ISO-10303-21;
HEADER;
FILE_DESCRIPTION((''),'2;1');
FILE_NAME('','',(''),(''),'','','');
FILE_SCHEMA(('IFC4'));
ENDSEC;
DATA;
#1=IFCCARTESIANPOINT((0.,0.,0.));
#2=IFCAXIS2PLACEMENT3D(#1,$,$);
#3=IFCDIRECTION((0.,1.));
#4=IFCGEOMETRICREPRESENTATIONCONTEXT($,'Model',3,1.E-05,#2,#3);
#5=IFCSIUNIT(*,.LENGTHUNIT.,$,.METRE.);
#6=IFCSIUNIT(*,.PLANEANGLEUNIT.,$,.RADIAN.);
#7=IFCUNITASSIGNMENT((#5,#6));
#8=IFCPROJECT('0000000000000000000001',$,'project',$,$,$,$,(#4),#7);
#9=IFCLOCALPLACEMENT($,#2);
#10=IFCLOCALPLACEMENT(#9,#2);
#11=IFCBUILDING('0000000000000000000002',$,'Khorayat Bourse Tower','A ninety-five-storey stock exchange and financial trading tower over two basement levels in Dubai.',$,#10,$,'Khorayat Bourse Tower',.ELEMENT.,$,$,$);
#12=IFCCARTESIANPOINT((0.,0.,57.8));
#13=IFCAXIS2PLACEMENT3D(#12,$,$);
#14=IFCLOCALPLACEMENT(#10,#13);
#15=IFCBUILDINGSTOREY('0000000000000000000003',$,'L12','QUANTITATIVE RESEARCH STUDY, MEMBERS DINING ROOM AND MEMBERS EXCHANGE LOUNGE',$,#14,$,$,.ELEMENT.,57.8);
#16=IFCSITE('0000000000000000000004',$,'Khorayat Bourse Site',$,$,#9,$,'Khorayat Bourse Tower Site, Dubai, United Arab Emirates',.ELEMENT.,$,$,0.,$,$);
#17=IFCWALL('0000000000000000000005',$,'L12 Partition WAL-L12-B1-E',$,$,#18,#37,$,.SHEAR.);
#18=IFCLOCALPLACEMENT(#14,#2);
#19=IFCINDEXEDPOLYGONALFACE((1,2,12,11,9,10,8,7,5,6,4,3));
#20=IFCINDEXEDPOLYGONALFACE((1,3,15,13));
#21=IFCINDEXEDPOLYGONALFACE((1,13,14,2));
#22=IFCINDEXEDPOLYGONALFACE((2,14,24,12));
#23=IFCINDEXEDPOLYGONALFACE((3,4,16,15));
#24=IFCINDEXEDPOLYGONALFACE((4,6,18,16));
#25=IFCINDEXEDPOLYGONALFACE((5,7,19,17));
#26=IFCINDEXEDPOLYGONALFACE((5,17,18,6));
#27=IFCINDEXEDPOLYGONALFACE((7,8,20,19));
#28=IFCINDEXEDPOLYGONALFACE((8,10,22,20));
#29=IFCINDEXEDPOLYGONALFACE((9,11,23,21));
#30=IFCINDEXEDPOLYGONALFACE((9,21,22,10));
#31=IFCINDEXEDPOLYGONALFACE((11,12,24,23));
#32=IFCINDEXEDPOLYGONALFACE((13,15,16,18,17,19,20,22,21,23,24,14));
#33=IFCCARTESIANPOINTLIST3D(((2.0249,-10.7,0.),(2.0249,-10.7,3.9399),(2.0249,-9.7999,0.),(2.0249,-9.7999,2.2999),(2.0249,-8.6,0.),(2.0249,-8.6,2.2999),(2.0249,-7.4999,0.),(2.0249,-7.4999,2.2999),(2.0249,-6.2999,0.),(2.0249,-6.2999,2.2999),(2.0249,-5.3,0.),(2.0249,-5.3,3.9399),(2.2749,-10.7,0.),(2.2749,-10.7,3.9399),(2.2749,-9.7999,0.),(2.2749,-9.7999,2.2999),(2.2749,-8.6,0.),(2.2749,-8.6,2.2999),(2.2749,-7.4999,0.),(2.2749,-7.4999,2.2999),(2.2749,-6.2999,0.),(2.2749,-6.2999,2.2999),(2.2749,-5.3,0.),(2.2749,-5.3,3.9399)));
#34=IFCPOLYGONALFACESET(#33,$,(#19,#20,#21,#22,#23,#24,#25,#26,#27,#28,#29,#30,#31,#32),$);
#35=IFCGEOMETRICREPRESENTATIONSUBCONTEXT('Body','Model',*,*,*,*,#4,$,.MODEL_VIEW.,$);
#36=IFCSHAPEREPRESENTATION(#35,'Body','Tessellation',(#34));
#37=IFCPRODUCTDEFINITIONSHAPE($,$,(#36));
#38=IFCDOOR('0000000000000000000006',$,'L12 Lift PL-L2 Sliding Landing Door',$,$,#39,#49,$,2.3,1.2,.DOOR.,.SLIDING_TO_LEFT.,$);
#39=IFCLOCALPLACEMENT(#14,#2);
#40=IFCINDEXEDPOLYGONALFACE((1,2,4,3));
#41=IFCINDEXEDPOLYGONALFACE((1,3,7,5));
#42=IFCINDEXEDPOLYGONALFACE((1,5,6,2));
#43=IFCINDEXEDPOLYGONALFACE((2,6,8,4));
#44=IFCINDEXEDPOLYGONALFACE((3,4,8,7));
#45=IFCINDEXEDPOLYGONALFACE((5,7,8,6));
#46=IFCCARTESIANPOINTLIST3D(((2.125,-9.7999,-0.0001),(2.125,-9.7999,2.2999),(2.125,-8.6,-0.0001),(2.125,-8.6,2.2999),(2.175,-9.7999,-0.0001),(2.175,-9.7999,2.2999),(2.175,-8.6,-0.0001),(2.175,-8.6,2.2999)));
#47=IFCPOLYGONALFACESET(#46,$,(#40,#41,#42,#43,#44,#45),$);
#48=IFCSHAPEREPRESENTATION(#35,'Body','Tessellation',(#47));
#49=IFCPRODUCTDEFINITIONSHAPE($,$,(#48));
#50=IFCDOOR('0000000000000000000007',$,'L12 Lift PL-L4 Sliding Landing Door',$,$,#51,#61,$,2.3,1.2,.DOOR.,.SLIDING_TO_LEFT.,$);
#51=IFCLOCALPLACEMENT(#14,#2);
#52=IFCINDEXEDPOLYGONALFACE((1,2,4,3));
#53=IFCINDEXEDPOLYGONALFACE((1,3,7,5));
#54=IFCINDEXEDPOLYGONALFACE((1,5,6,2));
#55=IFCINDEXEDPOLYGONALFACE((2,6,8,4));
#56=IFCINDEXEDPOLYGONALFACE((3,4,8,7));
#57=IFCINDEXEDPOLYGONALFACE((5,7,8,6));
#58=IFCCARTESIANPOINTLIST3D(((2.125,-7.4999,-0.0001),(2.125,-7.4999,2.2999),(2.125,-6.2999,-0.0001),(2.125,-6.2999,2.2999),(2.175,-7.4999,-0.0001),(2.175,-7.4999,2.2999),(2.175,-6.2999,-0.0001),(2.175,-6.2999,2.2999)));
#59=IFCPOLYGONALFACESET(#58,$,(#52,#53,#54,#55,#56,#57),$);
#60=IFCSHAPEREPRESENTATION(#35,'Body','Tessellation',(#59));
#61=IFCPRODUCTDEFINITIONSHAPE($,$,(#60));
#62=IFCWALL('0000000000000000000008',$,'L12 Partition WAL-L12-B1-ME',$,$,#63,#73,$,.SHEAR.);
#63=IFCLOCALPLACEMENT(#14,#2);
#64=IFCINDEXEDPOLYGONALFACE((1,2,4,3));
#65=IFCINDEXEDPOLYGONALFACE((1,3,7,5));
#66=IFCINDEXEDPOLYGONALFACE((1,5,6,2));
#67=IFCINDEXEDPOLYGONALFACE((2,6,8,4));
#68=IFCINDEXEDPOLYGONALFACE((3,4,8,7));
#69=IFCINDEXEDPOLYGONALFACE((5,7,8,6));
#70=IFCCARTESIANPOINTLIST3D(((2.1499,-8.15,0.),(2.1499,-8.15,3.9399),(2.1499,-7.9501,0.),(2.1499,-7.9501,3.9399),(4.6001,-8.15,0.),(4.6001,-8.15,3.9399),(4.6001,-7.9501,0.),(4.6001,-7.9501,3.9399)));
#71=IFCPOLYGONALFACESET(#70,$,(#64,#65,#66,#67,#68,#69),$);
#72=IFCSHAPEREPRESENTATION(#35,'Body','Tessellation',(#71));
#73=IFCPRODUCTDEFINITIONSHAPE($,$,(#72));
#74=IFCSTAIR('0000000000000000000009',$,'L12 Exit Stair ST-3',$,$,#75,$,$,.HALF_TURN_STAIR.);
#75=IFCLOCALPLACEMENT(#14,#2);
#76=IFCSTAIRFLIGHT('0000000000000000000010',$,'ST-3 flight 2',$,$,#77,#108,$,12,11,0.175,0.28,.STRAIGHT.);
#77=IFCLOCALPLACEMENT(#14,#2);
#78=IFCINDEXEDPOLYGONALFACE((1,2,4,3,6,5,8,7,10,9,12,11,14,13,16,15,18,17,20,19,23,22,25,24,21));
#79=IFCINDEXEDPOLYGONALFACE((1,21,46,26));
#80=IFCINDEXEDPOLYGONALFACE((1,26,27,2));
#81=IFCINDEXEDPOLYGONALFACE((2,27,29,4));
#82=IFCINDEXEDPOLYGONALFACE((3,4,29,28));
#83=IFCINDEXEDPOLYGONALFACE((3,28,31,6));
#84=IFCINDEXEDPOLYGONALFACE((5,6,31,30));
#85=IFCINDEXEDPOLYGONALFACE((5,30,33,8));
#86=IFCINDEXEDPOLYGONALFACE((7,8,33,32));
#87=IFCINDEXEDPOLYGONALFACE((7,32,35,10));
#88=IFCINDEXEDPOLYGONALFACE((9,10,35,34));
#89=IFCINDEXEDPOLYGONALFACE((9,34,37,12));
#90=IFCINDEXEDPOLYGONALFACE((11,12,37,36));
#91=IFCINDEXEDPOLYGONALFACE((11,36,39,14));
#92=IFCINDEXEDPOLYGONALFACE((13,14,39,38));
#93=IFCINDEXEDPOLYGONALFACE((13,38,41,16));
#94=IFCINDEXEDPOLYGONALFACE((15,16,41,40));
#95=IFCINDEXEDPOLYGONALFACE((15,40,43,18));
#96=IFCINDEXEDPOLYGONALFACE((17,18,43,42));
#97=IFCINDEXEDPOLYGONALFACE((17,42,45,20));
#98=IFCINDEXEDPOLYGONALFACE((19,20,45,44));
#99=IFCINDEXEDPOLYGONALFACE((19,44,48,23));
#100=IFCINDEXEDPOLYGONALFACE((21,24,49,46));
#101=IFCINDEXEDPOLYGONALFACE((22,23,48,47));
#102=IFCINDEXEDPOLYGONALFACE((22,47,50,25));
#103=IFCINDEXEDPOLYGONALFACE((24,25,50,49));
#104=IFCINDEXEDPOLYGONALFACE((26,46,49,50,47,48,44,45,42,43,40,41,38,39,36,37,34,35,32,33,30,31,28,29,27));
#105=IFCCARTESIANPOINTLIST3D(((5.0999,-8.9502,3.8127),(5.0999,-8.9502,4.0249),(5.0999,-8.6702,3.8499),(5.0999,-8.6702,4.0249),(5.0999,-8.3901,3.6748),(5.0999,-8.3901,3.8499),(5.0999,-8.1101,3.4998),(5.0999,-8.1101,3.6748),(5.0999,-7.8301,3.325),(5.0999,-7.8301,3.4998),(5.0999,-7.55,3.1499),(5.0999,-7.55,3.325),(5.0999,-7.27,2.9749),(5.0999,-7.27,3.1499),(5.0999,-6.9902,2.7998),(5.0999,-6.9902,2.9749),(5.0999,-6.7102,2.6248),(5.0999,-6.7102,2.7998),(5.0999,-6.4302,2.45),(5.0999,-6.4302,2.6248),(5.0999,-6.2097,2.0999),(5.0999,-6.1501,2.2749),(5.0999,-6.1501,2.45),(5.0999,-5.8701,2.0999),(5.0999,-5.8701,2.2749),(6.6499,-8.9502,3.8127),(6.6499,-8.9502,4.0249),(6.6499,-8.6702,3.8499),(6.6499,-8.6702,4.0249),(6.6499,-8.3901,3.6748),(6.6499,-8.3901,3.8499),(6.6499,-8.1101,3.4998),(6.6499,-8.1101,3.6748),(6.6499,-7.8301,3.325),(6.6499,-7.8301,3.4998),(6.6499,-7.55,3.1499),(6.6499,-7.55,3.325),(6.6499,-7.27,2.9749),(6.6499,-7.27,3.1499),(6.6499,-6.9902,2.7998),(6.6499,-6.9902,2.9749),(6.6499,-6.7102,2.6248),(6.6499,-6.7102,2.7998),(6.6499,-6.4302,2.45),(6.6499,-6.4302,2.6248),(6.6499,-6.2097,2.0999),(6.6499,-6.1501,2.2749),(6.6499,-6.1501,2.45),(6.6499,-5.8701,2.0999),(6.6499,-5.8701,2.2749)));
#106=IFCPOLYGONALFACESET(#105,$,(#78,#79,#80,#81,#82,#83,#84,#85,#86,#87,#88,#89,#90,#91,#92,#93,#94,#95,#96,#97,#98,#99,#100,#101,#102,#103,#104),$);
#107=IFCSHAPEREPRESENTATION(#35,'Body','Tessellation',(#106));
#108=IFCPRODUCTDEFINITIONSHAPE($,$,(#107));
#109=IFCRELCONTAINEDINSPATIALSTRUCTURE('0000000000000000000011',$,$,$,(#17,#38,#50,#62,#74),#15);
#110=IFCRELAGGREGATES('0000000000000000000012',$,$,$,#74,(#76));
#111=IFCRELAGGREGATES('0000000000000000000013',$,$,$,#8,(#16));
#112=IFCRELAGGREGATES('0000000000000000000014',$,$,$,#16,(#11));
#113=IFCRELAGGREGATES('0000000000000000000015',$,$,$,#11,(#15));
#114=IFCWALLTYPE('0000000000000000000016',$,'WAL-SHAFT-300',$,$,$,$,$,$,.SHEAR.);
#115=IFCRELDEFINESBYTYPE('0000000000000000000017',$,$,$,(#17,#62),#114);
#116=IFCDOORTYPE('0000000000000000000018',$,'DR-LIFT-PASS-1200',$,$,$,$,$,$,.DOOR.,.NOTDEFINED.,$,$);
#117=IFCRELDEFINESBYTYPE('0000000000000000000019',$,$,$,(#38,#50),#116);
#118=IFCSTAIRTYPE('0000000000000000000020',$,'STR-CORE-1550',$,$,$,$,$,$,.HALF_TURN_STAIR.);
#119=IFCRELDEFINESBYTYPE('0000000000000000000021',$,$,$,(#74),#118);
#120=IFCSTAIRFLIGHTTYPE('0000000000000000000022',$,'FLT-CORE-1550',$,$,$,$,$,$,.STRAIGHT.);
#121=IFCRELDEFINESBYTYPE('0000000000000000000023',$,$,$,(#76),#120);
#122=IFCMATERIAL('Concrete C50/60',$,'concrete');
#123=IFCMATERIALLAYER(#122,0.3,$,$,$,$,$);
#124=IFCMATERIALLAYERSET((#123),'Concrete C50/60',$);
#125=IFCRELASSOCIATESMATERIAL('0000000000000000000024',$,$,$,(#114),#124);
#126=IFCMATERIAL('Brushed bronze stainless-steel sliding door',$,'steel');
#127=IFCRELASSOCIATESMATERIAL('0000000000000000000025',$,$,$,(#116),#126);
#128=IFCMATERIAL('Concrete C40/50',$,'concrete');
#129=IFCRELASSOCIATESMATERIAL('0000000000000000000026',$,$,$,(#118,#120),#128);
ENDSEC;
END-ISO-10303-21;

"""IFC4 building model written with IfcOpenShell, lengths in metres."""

from ifc_helpers import new_model, si_unit, direction, frame, frame_2d, origin, place, context, subcontext, project, spatial, polyline, rectangle, outline, extrude, source, transform, mapped, material, layer, layer_set, type_object, element, fill, aggregate, save


model = new_model("IFC4")

# Units and contexts
model_context = context("Model", 3, precision=1e-05, world=origin(), true_north=direction((0.0, 1.0)))
body_context = subcontext(model_context, "Body", "Model", "MODEL_VIEW")
ifc_project = project(units=[si_unit("LENGTHUNIT", "METRE"), si_unit("PLANEANGLEUNIT", "RADIAN")], contexts=[model_context])

# Site, building, storey
site_placement = place(None, origin())
site = spatial("IfcSite", under=ifc_project, at=site_placement, Name="Khorayat Bourse Site", LongName="Khorayat Bourse Tower Site, Dubai, United Arab Emirates", CompositionType="ELEMENT", RefElevation=0.0)
building_placement = place(site_placement, origin())
building = spatial("IfcBuilding", under=site, at=building_placement, Name="Khorayat Bourse Tower", Description="A ninety-five-storey stock exchange and financial trading tower over two basement levels in Dubai.", LongName="Khorayat Bourse Tower", CompositionType="ELEMENT")
storey_placement = place(building_placement, frame((0.0, 0.0, 57.8)))
storey = spatial("IfcBuildingStorey", under=building, at=storey_placement, Name="L12", Description="QUANTITATIVE RESEARCH STUDY, MEMBERS DINING ROOM AND MEMBERS EXCHANGE LOUNGE", CompositionType="ELEMENT", Elevation=57.8)

# Wall, openings, doors
ifc_material_1 = material(Name="Concrete C50/60", Category="concrete")
ifc_layer_1 = layer(ifc_material_1, 0.3)
ifc_layer_set_1 = layer_set([ifc_layer_1], Name="Concrete C50/60")
wall_type_1 = type_object("IfcWallType", Name="WAL-SHAFT-300", PredefinedType="SHEAR", material=ifc_layer_set_1)
shared_shape_1 = source(origin(), body_context, "Body", "SweptSolid", [
    extrude(rectangle(XDim=5.3999, YDim=0.25, at=frame_2d((2.7, 0.0))), origin(), (0.0, 0.0, 1.0), 3.9399),
])
shared_shape_2 = source(origin(), body_context, "Body", "SweptSolid", [
    extrude(rectangle(XDim=1.2, YDim=2.3, at=frame_2d((0.6001, 1.1499))), frame((0.0, 0.135, 0.0), z_axis=(0.0, -1.0, 0.0), x_axis=(1.0, 0.0, 0.0)), (0.0, 0.0, 1.0), 0.27),
])
ifc_material_2 = material(Name="Brushed bronze stainless-steel sliding door", Category="steel")
door_type_1 = type_object("IfcDoorType", Name="DR-LIFT-PASS-1200", OperationType="NOTDEFINED", PredefinedType="DOOR", material=ifc_material_2)
shared_shape_3 = source(origin(), body_context, "Body", "SweptSolid", [
    extrude(rectangle(XDim=1.2, YDim=2.3, at=frame_2d((0.6001, 1.1499))), frame((0.0, 0.0249, 0.0), z_axis=(0.0, -1.0, 0.0), x_axis=(1.0, 0.0, 0.0)), (0.0, 0.0, 1.0), 0.05),
])
wall_1_placement = place(storey_placement, frame((2.1499, -10.7, 0.0), z_axis=(0.0, 0.0, 1.0), x_axis=(0.0, 1.0, 0.0)))
wall_1 = element("IfcWall", 1, at=wall_1_placement, inside=storey, type_object=wall_type_1, Name="L12 Partition WAL-L12-B1-E", PredefinedType="SHEAR", context=body_context, shape_type="MappedRepresentation", body=[
    mapped(shared_shape_1, transform((0.0, 0.0, 0.0), scale=1.0)),
])
opening_1_placement = place(wall_1_placement, frame((0.8999, 0.0, 0.0)))
opening_1 = element("IfcOpeningElement", 2, at=opening_1_placement, cuts=wall_1, PredefinedType="OPENING", context=body_context, shape_type="MappedRepresentation", body=[
    mapped(shared_shape_2, transform((0.0, 0.0, 0.0), scale=1.0)),
])
opening_2_placement = place(wall_1_placement, frame((3.2, 0.0, 0.0)))
opening_2 = element("IfcOpeningElement", 3, at=opening_2_placement, cuts=wall_1, PredefinedType="OPENING", context=body_context, shape_type="MappedRepresentation", body=[
    mapped(shared_shape_2, transform((0.0, 0.0, 0.0), scale=1.0)),
])
door_1_placement = place(opening_1_placement, origin())
door_1 = element("IfcDoor", 4, at=door_1_placement, inside=storey, type_object=door_type_1, Name="L12 Lift PL-L2 Sliding Landing Door", OperationType="SLIDING_TO_LEFT", OverallHeight=2.3, OverallWidth=1.2, PredefinedType="DOOR", context=body_context, shape_type="MappedRepresentation", body=[
    mapped(shared_shape_3, transform((0.0, 0.0, 0.0), scale=1.0)),
])
fill(opening_1, door_1)
door_2_placement = place(opening_2_placement, origin())
door_2 = element("IfcDoor", 5, at=door_2_placement, inside=storey, type_object=door_type_1, Name="L12 Lift PL-L4 Sliding Landing Door", OperationType="SLIDING_TO_LEFT", OverallHeight=2.3, OverallWidth=1.2, PredefinedType="DOOR", context=body_context, shape_type="MappedRepresentation", body=[
    mapped(shared_shape_3, transform((0.0, 0.0, 0.0), scale=1.0)),
])
fill(opening_2, door_2)

# Wall
shared_shape_4 = source(origin(), body_context, "Body", "SweptSolid", [
    extrude(rectangle(XDim=2.4502, YDim=0.2, at=frame_2d((1.2251, 0.0))), origin(), (0.0, 0.0, 1.0), 3.9399),
])
wall_2_placement = place(storey_placement, frame((2.1499, -8.05, 0.0), z_axis=(0.0, 0.0, 1.0), x_axis=(1.0, 0.0, 0.0)))
element("IfcWall", 6, at=wall_2_placement, inside=storey, type_object=wall_type_1, Name="L12 Partition WAL-L12-B1-ME", PredefinedType="SHEAR", context=body_context, shape_type="MappedRepresentation", body=[
    mapped(shared_shape_4, transform((0.0, 0.0, 0.0), scale=1.0)),
])

# Stair, stair flight
ifc_material_3 = material(Name="Concrete C40/50", Category="concrete")
stair_type = type_object("IfcStairType", Name="STR-CORE-1550", PredefinedType="HALF_TURN_STAIR", material=ifc_material_3)
stair_placement = place(storey_placement, origin())
stair = element("IfcStair", 7, at=stair_placement, inside=storey, type_object=stair_type, Name="L12 Exit Stair ST-3", PredefinedType="HALF_TURN_STAIR")
stair_flight_type = type_object("IfcStairFlightType", Name="FLT-CORE-1550", PredefinedType="STRAIGHT", material=ifc_material_3)
shared_shape_5 = source(origin(), body_context, "Body", "SweptSolid", [
    extrude(outline(polyline([(0.0, 0.0), (0.0, 0.175), (0.28, 0.175), (0.28, 0.3501), (0.5601, 0.3501), (0.5601, 0.5249), (0.8401, 0.5249), (0.8401, 0.7), (1.1201, 0.7), (1.1201, 0.875), (1.3999, 0.875), (1.3999, 1.05), (1.6799, 1.05), (1.6799, 1.2251), (1.96, 1.2251), (1.96, 1.3999), (2.24, 1.3999), (2.24, 1.575), (2.52, 1.575), (2.52, 1.75), (2.8, 1.75), (2.8, 1.925), (3.0801, 1.925), (3.0801, 2.1001), (3.0801, 1.7129), (0.3396, 0.0), (0.0, 0.0)])), frame((0.0, 0.7749, 0.0), z_axis=(0.0, -1.0, 0.0), x_axis=(1.0, 0.0, 0.0)), (0.0, 0.0, 1.0), 1.55),
])
stair_flight_placement = place(storey_placement, frame((5.875, -5.8701, 2.0999), z_axis=(0.0, 0.0, 1.0), x_axis=(0.0, -1.0, 0.0)))
stair_flight = element("IfcStairFlight", 8, at=stair_flight_placement, type_object=stair_flight_type, Name="ST-3 flight 2", NumberOfRisers=12, NumberOfTreads=11, PredefinedType="STRAIGHT", RiserHeight=0.175, TreadLength=0.28, context=body_context, shape_type="MappedRepresentation", body=[
    mapped(shared_shape_5, transform((0.0, 0.0, 0.0), scale=1.0)),
])
aggregate(stair, [stair_flight])

save(model, "model.ifc")
